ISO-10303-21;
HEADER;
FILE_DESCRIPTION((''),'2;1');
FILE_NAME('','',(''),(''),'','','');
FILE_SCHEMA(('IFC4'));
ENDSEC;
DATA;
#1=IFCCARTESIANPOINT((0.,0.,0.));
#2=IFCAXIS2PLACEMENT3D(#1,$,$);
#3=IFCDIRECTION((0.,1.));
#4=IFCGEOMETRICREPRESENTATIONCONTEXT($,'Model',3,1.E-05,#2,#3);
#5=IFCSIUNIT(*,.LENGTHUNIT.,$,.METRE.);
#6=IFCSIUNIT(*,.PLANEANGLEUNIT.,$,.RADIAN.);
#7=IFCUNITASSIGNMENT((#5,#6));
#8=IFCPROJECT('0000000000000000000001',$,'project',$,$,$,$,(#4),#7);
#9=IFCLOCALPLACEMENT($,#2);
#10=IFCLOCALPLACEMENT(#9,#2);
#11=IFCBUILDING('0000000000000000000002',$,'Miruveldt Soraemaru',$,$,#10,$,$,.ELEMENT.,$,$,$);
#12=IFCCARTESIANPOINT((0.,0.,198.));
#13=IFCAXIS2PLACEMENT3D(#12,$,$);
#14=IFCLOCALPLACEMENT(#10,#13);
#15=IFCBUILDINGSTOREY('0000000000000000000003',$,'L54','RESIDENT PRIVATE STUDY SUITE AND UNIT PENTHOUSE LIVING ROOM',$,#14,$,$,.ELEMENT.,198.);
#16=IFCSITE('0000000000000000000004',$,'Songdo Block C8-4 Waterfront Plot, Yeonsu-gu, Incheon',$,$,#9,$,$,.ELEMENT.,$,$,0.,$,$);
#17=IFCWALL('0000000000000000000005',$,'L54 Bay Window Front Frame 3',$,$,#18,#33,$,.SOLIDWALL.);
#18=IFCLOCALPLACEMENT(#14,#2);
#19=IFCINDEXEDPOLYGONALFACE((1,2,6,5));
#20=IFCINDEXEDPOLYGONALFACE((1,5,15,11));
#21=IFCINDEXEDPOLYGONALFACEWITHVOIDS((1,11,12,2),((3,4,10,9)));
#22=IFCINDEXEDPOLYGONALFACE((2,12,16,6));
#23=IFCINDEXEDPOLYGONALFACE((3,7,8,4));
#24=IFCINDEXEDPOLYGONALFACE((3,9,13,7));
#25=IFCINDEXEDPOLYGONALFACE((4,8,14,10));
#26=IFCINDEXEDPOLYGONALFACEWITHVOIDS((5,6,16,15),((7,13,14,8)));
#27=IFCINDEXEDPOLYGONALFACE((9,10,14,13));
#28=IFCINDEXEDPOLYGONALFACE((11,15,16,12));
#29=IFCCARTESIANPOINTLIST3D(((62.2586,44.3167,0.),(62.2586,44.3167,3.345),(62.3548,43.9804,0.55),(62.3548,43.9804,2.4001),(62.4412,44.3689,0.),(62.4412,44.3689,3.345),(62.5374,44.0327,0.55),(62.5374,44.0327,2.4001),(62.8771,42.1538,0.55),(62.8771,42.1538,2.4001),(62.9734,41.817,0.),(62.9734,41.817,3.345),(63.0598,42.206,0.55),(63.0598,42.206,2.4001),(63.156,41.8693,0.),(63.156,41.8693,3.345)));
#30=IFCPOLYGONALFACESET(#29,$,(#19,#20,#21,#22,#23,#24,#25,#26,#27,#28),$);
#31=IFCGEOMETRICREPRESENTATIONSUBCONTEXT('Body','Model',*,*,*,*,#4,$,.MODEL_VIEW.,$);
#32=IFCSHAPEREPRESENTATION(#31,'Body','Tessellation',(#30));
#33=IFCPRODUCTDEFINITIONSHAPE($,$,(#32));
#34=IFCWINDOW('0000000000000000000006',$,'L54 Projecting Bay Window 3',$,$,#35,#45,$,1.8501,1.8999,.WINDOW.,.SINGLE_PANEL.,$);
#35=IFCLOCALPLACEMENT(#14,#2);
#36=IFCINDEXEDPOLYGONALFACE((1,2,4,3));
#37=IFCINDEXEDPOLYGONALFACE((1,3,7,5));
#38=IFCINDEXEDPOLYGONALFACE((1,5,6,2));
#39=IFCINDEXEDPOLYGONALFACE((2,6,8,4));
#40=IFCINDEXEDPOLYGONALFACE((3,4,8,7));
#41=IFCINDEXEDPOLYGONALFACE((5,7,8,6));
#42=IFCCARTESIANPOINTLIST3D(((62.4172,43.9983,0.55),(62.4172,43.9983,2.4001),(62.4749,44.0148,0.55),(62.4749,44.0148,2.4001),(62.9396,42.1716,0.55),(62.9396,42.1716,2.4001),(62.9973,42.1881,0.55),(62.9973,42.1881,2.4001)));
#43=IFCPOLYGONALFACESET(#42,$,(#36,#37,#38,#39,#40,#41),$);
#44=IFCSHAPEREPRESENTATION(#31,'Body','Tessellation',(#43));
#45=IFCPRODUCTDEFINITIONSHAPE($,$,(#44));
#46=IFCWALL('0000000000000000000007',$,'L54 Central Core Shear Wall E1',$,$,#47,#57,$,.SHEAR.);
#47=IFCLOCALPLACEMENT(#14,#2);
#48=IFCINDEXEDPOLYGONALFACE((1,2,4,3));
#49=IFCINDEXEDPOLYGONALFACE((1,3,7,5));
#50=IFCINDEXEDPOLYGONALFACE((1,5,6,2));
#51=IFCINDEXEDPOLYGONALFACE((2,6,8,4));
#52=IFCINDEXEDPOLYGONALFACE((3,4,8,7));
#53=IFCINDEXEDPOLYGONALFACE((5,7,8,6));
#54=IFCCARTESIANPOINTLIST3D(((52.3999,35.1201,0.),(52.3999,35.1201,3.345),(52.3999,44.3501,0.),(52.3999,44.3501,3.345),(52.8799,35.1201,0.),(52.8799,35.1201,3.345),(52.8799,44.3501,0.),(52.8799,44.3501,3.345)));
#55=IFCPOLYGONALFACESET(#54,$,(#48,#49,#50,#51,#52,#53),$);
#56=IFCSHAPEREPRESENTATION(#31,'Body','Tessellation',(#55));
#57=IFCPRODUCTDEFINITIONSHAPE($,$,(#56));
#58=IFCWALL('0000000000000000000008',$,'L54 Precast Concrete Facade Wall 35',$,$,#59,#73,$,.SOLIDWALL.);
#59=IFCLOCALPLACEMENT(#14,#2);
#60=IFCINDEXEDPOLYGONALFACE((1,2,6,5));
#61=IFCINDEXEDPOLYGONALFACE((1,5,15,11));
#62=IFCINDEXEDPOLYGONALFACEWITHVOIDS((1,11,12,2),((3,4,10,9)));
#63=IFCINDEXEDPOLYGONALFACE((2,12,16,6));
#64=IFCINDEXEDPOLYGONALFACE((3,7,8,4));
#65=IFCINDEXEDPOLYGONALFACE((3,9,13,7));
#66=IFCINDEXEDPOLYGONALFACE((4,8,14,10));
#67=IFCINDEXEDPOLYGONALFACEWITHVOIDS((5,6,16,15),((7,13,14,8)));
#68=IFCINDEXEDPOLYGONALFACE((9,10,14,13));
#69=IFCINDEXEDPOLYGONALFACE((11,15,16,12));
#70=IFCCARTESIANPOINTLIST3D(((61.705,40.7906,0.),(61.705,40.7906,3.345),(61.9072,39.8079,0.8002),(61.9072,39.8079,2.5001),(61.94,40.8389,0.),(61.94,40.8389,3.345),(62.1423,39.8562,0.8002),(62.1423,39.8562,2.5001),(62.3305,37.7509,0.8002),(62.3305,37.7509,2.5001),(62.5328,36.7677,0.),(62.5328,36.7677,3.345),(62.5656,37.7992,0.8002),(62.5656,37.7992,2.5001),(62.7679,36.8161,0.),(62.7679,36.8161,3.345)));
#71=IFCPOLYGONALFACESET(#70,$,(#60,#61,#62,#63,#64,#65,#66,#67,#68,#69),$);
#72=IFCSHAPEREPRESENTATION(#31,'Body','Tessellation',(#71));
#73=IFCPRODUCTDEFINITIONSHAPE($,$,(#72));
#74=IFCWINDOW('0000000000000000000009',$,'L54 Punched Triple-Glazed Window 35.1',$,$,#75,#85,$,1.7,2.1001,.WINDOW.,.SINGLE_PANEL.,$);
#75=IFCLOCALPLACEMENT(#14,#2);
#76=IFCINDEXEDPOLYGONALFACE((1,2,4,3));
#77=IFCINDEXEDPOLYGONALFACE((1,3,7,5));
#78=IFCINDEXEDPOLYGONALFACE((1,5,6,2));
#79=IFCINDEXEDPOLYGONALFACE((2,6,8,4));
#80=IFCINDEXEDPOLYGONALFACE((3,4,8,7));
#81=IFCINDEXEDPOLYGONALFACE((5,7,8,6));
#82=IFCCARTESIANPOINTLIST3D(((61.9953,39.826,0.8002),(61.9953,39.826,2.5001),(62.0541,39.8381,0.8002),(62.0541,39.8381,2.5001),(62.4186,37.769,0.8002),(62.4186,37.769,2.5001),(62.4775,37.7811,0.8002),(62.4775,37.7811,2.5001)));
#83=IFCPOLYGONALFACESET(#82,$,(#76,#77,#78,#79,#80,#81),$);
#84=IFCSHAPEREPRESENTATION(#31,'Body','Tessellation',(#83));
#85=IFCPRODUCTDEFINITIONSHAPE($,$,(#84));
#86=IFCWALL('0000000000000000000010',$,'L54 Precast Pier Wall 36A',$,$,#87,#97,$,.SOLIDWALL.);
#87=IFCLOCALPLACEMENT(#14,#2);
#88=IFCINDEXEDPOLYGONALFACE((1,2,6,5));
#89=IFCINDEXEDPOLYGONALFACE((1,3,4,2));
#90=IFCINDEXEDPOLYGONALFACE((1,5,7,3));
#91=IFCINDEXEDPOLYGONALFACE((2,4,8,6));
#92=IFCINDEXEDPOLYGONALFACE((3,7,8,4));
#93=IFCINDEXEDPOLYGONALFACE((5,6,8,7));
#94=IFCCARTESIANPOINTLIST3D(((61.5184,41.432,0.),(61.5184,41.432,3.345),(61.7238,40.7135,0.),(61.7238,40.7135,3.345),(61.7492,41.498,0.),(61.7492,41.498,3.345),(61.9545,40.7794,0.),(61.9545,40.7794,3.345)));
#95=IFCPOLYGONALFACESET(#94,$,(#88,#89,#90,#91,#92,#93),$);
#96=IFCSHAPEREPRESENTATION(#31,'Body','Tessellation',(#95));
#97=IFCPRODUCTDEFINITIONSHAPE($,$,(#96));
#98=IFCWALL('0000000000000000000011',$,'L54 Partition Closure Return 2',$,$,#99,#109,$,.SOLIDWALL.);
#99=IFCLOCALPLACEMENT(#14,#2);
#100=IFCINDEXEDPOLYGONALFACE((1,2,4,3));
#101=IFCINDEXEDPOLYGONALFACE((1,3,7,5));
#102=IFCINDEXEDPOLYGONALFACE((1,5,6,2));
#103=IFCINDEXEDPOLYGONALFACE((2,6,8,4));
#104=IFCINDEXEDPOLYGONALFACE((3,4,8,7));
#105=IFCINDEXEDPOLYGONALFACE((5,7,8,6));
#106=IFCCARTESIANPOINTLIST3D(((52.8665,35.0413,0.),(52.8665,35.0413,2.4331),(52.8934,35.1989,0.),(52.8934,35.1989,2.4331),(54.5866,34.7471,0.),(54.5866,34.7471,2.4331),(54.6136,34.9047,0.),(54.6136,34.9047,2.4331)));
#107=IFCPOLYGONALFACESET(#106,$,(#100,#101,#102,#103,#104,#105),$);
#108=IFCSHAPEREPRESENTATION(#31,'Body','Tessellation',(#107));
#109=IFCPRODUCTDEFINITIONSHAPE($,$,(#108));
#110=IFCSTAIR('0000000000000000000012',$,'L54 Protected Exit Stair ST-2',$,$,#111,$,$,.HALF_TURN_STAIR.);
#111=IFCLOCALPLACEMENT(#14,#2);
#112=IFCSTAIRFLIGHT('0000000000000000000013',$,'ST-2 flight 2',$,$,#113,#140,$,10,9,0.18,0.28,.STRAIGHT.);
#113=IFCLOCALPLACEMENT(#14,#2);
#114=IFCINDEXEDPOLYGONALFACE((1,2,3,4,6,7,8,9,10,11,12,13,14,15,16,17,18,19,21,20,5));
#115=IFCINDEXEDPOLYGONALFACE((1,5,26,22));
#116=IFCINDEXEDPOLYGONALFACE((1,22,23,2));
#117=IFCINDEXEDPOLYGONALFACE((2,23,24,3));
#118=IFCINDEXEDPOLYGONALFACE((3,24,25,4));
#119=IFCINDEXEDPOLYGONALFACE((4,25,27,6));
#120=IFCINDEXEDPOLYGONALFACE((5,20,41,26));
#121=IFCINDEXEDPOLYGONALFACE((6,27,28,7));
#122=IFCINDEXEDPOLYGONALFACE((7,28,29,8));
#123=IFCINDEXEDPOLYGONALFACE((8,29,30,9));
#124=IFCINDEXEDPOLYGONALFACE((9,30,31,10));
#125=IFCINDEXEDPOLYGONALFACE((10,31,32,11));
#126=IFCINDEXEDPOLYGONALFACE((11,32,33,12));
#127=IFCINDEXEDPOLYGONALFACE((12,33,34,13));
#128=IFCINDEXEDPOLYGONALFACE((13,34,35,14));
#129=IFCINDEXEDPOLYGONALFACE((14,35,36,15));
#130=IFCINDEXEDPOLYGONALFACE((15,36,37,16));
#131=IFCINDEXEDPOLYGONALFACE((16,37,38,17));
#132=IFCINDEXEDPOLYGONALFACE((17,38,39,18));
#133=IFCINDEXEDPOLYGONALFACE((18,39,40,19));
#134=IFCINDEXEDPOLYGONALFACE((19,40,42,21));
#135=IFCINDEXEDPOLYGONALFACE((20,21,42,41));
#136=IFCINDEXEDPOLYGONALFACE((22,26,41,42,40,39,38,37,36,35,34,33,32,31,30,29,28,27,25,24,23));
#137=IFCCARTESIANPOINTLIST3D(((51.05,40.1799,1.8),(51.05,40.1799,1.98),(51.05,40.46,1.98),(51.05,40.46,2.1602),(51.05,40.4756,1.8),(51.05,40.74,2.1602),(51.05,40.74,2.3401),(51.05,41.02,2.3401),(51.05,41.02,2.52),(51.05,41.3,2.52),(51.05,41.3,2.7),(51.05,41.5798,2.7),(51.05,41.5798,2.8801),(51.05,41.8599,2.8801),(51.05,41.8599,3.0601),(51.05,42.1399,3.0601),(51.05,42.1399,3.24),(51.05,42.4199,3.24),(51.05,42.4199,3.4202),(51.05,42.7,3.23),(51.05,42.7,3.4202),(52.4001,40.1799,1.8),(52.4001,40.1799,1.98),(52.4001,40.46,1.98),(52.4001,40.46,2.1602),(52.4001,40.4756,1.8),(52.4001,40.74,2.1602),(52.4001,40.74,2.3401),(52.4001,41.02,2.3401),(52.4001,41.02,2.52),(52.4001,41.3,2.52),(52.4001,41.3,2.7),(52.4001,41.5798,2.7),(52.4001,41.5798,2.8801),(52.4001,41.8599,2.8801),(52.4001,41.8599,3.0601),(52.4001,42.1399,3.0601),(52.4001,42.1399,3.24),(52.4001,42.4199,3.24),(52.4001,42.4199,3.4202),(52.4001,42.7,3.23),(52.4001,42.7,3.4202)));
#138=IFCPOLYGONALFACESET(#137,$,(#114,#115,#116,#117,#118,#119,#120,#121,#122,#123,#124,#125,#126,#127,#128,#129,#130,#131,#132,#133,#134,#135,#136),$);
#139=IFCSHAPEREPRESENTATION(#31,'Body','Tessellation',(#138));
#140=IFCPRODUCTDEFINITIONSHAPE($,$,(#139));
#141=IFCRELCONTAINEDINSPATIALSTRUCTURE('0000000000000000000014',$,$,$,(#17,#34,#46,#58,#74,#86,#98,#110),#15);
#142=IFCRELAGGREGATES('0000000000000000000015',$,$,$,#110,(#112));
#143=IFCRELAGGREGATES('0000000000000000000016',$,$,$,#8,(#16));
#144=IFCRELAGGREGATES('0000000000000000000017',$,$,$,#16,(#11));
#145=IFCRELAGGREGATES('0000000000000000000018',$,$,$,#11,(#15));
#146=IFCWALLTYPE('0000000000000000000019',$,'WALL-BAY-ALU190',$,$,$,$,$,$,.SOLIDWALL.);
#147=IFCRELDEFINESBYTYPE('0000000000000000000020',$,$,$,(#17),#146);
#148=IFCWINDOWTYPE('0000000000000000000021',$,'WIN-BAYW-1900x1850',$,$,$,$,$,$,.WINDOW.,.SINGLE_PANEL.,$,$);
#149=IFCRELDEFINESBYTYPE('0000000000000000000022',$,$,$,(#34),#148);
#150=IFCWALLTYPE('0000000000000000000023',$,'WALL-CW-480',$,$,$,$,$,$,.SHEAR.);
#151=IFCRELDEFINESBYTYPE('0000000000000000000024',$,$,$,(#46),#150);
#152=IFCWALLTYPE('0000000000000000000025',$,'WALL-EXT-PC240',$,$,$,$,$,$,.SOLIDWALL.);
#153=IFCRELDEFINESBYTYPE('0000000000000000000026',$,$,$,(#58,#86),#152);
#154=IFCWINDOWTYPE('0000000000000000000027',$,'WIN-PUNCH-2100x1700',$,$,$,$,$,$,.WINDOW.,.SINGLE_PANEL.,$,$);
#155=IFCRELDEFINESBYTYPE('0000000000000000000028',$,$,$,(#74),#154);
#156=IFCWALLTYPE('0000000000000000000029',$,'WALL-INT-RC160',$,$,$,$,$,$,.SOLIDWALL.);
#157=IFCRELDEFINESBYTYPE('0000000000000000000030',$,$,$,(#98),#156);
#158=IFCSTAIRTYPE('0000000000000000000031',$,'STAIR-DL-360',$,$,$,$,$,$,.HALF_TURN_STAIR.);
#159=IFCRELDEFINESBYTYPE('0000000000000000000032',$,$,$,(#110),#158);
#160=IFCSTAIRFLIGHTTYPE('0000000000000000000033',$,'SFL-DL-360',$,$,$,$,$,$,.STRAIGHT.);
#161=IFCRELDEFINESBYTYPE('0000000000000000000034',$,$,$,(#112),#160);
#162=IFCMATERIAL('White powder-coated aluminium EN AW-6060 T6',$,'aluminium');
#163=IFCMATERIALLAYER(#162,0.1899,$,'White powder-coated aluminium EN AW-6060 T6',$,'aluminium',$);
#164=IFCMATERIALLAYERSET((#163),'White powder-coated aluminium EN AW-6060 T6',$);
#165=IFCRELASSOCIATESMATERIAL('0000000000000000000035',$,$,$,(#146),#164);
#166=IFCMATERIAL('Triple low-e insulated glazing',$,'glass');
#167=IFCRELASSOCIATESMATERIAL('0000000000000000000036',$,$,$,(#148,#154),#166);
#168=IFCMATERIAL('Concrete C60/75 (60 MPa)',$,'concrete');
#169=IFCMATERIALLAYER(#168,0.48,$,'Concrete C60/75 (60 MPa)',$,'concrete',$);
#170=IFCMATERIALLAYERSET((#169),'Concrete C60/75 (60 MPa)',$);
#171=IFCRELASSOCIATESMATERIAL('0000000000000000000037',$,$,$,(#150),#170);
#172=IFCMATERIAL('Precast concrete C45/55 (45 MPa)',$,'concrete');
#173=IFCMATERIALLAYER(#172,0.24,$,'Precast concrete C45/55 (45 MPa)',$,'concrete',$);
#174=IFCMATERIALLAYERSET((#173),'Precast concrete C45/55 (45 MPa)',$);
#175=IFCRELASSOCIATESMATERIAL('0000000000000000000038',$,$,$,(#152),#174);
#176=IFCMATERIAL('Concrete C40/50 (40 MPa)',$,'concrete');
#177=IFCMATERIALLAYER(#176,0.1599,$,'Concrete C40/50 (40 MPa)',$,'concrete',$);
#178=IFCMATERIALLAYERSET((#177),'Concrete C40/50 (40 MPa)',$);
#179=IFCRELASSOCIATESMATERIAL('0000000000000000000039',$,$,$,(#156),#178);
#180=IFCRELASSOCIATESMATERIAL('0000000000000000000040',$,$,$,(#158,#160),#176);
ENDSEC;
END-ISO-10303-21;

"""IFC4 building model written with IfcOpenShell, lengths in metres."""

from ifc_helpers import new_model, si_unit, direction, frame, frame_2d, origin, place, context, subcontext, project, spatial, polyline, rectangle, outline, extrude, material, layer, layer_set, type_object, element, fill, aggregate, save


model = new_model("IFC4")

# Units and contexts
model_context = context("Model", 3, precision=1e-05, world=origin(), true_north=direction((0.0, 1.0)))
body_context = subcontext(model_context, "Body", "Model", "MODEL_VIEW")
ifc_project = project(units=[si_unit("LENGTHUNIT", "METRE"), si_unit("PLANEANGLEUNIT", "RADIAN")], contexts=[model_context])

# Site, building, storey
site_placement = place(None, origin())
site = spatial("IfcSite", under=ifc_project, at=site_placement, Name="Songdo Block C8-4 Waterfront Plot, Yeonsu-gu, Incheon", CompositionType="ELEMENT", RefElevation=0.0)
building_placement = place(site_placement, origin())
building = spatial("IfcBuilding", under=site, at=building_placement, Name="Miruveldt Soraemaru", CompositionType="ELEMENT")
storey_placement = place(building_placement, frame((0.0, 0.0, 198.0)))
storey = spatial("IfcBuildingStorey", under=building, at=storey_placement, Name="L54", Description="RESIDENT PRIVATE STUDY SUITE AND UNIT PENTHOUSE LIVING ROOM", CompositionType="ELEMENT", Elevation=198.0)

# Shared definitions
ifc_material_1 = material(Name="Concrete C60/75 (60 MPa)", Category="concrete")

# Shared definitions
ifc_material_2 = material(Name="White powder-coated aluminium EN AW-6060 T6", Category="aluminium")
ifc_layer_1 = layer(ifc_material_2, 0.1899, Name="White powder-coated aluminium EN AW-6060 T6", Category="aluminium")
ifc_layer_set_1 = layer_set([ifc_layer_1], Name="White powder-coated aluminium EN AW-6060 T6")
wall_type_1 = type_object("IfcWallType", Name="WALL-BAY-ALU190", PredefinedType="SOLIDWALL", material=ifc_layer_set_1)

# Wall, opening, window
wall_1_placement = place(storey_placement, frame((63.0647, 41.8433, 0.0), z_axis=(0.0, 0.0, 1.0), x_axis=(-0.274944, 0.96146, 0.0)))
wall_1 = element("IfcWall", 1, at=wall_1_placement, inside=storey, type_object=wall_type_1, Name="L54 Bay Window Front Frame 3", PredefinedType="SOLIDWALL", context=body_context, shape_type="SweptSolid", body=[
    extrude(rectangle(XDim=2.5999, YDim=0.1899, at=frame_2d((1.2998, 0.0))), origin(), (0.0, 0.0, 1.0), 3.345),
])
opening_1_placement = place(wall_1_placement, frame((0.3501, 0.0, 0.55)))
opening_1 = element("IfcOpeningElement", 2, at=opening_1_placement, cuts=wall_1, PredefinedType="OPENING", context=body_context, shape_type="SweptSolid", body=[
    extrude(rectangle(XDim=1.8999, YDim=1.8501, at=frame_2d((0.95, 0.925))), frame((0.0, 0.105, 0.0), z_axis=(0.0, -1.0, 0.0), x_axis=(1.0, 0.0, 0.0)), (0.0, 0.0, 1.0), 0.21),
])
ifc_material_3 = material(Name="Triple low-e insulated glazing", Category="glass")
window_type_1 = type_object("IfcWindowType", Name="WIN-BAYW-1900x1850", PartitioningType="SINGLE_PANEL", PredefinedType="WINDOW", material=ifc_material_3)
window_1_placement = place(opening_1_placement, origin())
window_1 = element("IfcWindow", 3, at=window_1_placement, inside=storey, type_object=window_type_1, Name="L54 Projecting Bay Window 3", OverallHeight=1.8501, OverallWidth=1.8999, PartitioningType="SINGLE_PANEL", PredefinedType="WINDOW", context=body_context, shape_type="SweptSolid", body=[
    extrude(rectangle(XDim=1.8999, YDim=1.8501, at=frame_2d((0.95, 0.925))), frame((0.0, 0.03, 0.0), z_axis=(0.0, -1.0, 0.0), x_axis=(1.0, 0.0, 0.0)), (0.0, 0.0, 1.0), 0.0601),
])
fill(opening_1, window_1)

# Wall
ifc_layer_2 = layer(ifc_material_1, 0.48, Name="Concrete C60/75 (60 MPa)", Category="concrete")
ifc_layer_set_2 = layer_set([ifc_layer_2], Name="Concrete C60/75 (60 MPa)")
wall_type_2 = type_object("IfcWallType", Name="WALL-CW-480", PredefinedType="SHEAR", material=ifc_layer_set_2)
wall_2_placement = place(storey_placement, frame((52.6399, 35.1201, 0.0), z_axis=(0.0, 0.0, 1.0), x_axis=(0.0, 1.0, 0.0)))
element("IfcWall", 4, at=wall_2_placement, inside=storey, type_object=wall_type_2, Name="L54 Central Core Shear Wall E1", PredefinedType="SHEAR", context=body_context, shape_type="SweptSolid", body=[
    extrude(rectangle(XDim=9.23, YDim=0.48, at=frame_2d((4.615, 0.0))), origin(), (0.0, 0.0, 1.0), 3.345),
])

# Wall, opening, window
ifc_material_4 = material(Name="Precast concrete C45/55 (45 MPa)", Category="concrete")
ifc_layer_3 = layer(ifc_material_4, 0.24, Name="Precast concrete C45/55 (45 MPa)", Category="concrete")
ifc_layer_set_3 = layer_set([ifc_layer_3], Name="Precast concrete C45/55 (45 MPa)")
wall_type_3 = type_object("IfcWallType", Name="WALL-EXT-PC240", PredefinedType="SOLIDWALL", material=ifc_layer_set_3)
wall_3_placement = place(storey_placement, frame((62.6504, 36.7917, 0.0), z_axis=(0.0, 0.0, 1.0), x_axis=(-0.201566, 0.979475, 0.0)))
wall_3 = element("IfcWall", 5, at=wall_3_placement, inside=storey, type_object=wall_type_3, Name="L54 Precast Concrete Facade Wall 35", PredefinedType="SOLIDWALL", context=body_context, shape_type="SweptSolid", body=[
    extrude(rectangle(XDim=4.1072, YDim=0.24, at=frame_2d((2.0537, 0.0))), origin(), (0.0, 0.0, 1.0), 3.345),
])
opening_2_placement = place(wall_3_placement, frame((1.0039, 0.0, 0.8)))
opening_2 = element("IfcOpeningElement", 6, at=opening_2_placement, cuts=wall_3, PredefinedType="OPENING", context=body_context, shape_type="SweptSolid", body=[
    extrude(rectangle(XDim=2.1001, YDim=1.7, at=frame_2d((1.05, 0.8501))), frame((0.0, 0.1299, 0.0), z_axis=(0.0, -1.0, 0.0), x_axis=(1.0, 0.0, 0.0)), (0.0, 0.0, 1.0), 0.26),
])
window_type_2 = type_object("IfcWindowType", Name="WIN-PUNCH-2100x1700", PartitioningType="SINGLE_PANEL", PredefinedType="WINDOW", material=ifc_material_3)
window_2_placement = place(opening_2_placement, origin())
window_2 = element("IfcWindow", 7, at=window_2_placement, inside=storey, type_object=window_type_2, Name="L54 Punched Triple-Glazed Window 35.1", OverallHeight=1.7, OverallWidth=2.1001, PartitioningType="SINGLE_PANEL", PredefinedType="WINDOW", context=body_context, shape_type="SweptSolid", body=[
    extrude(rectangle(XDim=2.1001, YDim=1.7, at=frame_2d((1.05, 0.8501))), frame((0.0, 0.03, 0.0), z_axis=(0.0, -1.0, 0.0), x_axis=(1.0, 0.0, 0.0)), (0.0, 0.0, 1.0), 0.0601),
])
fill(opening_2, window_2)

# Walls
wall_4_placement = place(storey_placement, frame((61.8391, 40.7466, 0.0), z_axis=(0.0, 0.0, 1.0), x_axis=(-0.274764, 0.961512, 0.0)))
element("IfcWall", 8, at=wall_4_placement, inside=storey, type_object=wall_type_3, Name="L54 Precast Pier Wall 36A", PredefinedType="SOLIDWALL", context=body_context, shape_type="SweptSolid", body=[
    extrude(rectangle(XDim=0.7473, YDim=0.24, at=frame_2d((0.3735, 0.0))), origin(), (0.0, 0.0, 1.0), 3.345),
])
ifc_material_5 = material(Name="Concrete C40/50 (40 MPa)", Category="concrete")
ifc_layer_4 = layer(ifc_material_5, 0.1599, Name="Concrete C40/50 (40 MPa)", Category="concrete")
ifc_layer_set_4 = layer_set([ifc_layer_4], Name="Concrete C40/50 (40 MPa)")
wall_type_4 = type_object("IfcWallType", Name="WALL-INT-RC160", PredefinedType="SOLIDWALL", material=ifc_layer_set_4)
wall_5_placement = place(storey_placement, frame((54.6001, 34.8259, 0.0), z_axis=(0.0, 0.0, 1.0), x_axis=(-0.985689, 0.168572, 0.0)))
element("IfcWall", 9, at=wall_5_placement, inside=storey, type_object=wall_type_4, Name="L54 Partition Closure Return 2", PredefinedType="SOLIDWALL", context=body_context, shape_type="SweptSolid", body=[
    extrude(rectangle(XDim=1.7451, YDim=0.1599, at=frame_2d((0.8726, 0.0))), origin(), (0.0, 0.0, 1.0), 2.4331),
])

# Stair, stair flight
stair_type = type_object("IfcStairType", Name="STAIR-DL-360", PredefinedType="HALF_TURN_STAIR", material=ifc_material_5)
stair_placement = place(storey_placement, origin())
stair = element("IfcStair", 10, at=stair_placement, inside=storey, type_object=stair_type, Name="L54 Protected Exit Stair ST-2", PredefinedType="HALF_TURN_STAIR")
stair_flight_type = type_object("IfcStairFlightType", Name="SFL-DL-360", PredefinedType="STRAIGHT", material=ifc_material_5)
stair_flight_placement = place(storey_placement, frame((51.7251, 40.1799, 1.8), z_axis=(0.0, 0.0, 1.0), x_axis=(0.0, 1.0, 0.0)))
stair_flight = element("IfcStairFlight", 11, at=stair_flight_placement, type_object=stair_flight_type, Name="ST-2 flight 2", NumberOfRisers=10, NumberOfTreads=9, PredefinedType="STRAIGHT", RiserHeight=0.18, TreadLength=0.28, context=body_context, shape_type="SweptSolid", body=[
    extrude(outline(polyline([(0.0, 0.0), (0.0, 0.1799), (0.28, 0.1799), (0.28, 0.3601), (0.5601, 0.3601), (0.5601, 0.54), (0.8401, 0.54), (0.8401, 0.72), (1.1201, 0.72), (1.1201, 0.8999), (1.3999, 0.8999), (1.3999, 1.0801), (1.6799, 1.0801), (1.6799, 1.26), (1.96, 1.26), (1.96, 1.4399), (2.24, 1.4399), (2.24, 1.6201), (2.52, 1.6201), (2.52, 1.8), (2.52, 1.4299), (0.2957, 0.0), (0.0, 0.0)])), frame((0.0, 0.675, 0.0), z_axis=(0.0, -1.0, 0.0), x_axis=(1.0, 0.0, 0.0)), (0.0, 0.0, 1.0), 1.3501),
])
aggregate(stair, [stair_flight])

save(model, "model.ifc")
